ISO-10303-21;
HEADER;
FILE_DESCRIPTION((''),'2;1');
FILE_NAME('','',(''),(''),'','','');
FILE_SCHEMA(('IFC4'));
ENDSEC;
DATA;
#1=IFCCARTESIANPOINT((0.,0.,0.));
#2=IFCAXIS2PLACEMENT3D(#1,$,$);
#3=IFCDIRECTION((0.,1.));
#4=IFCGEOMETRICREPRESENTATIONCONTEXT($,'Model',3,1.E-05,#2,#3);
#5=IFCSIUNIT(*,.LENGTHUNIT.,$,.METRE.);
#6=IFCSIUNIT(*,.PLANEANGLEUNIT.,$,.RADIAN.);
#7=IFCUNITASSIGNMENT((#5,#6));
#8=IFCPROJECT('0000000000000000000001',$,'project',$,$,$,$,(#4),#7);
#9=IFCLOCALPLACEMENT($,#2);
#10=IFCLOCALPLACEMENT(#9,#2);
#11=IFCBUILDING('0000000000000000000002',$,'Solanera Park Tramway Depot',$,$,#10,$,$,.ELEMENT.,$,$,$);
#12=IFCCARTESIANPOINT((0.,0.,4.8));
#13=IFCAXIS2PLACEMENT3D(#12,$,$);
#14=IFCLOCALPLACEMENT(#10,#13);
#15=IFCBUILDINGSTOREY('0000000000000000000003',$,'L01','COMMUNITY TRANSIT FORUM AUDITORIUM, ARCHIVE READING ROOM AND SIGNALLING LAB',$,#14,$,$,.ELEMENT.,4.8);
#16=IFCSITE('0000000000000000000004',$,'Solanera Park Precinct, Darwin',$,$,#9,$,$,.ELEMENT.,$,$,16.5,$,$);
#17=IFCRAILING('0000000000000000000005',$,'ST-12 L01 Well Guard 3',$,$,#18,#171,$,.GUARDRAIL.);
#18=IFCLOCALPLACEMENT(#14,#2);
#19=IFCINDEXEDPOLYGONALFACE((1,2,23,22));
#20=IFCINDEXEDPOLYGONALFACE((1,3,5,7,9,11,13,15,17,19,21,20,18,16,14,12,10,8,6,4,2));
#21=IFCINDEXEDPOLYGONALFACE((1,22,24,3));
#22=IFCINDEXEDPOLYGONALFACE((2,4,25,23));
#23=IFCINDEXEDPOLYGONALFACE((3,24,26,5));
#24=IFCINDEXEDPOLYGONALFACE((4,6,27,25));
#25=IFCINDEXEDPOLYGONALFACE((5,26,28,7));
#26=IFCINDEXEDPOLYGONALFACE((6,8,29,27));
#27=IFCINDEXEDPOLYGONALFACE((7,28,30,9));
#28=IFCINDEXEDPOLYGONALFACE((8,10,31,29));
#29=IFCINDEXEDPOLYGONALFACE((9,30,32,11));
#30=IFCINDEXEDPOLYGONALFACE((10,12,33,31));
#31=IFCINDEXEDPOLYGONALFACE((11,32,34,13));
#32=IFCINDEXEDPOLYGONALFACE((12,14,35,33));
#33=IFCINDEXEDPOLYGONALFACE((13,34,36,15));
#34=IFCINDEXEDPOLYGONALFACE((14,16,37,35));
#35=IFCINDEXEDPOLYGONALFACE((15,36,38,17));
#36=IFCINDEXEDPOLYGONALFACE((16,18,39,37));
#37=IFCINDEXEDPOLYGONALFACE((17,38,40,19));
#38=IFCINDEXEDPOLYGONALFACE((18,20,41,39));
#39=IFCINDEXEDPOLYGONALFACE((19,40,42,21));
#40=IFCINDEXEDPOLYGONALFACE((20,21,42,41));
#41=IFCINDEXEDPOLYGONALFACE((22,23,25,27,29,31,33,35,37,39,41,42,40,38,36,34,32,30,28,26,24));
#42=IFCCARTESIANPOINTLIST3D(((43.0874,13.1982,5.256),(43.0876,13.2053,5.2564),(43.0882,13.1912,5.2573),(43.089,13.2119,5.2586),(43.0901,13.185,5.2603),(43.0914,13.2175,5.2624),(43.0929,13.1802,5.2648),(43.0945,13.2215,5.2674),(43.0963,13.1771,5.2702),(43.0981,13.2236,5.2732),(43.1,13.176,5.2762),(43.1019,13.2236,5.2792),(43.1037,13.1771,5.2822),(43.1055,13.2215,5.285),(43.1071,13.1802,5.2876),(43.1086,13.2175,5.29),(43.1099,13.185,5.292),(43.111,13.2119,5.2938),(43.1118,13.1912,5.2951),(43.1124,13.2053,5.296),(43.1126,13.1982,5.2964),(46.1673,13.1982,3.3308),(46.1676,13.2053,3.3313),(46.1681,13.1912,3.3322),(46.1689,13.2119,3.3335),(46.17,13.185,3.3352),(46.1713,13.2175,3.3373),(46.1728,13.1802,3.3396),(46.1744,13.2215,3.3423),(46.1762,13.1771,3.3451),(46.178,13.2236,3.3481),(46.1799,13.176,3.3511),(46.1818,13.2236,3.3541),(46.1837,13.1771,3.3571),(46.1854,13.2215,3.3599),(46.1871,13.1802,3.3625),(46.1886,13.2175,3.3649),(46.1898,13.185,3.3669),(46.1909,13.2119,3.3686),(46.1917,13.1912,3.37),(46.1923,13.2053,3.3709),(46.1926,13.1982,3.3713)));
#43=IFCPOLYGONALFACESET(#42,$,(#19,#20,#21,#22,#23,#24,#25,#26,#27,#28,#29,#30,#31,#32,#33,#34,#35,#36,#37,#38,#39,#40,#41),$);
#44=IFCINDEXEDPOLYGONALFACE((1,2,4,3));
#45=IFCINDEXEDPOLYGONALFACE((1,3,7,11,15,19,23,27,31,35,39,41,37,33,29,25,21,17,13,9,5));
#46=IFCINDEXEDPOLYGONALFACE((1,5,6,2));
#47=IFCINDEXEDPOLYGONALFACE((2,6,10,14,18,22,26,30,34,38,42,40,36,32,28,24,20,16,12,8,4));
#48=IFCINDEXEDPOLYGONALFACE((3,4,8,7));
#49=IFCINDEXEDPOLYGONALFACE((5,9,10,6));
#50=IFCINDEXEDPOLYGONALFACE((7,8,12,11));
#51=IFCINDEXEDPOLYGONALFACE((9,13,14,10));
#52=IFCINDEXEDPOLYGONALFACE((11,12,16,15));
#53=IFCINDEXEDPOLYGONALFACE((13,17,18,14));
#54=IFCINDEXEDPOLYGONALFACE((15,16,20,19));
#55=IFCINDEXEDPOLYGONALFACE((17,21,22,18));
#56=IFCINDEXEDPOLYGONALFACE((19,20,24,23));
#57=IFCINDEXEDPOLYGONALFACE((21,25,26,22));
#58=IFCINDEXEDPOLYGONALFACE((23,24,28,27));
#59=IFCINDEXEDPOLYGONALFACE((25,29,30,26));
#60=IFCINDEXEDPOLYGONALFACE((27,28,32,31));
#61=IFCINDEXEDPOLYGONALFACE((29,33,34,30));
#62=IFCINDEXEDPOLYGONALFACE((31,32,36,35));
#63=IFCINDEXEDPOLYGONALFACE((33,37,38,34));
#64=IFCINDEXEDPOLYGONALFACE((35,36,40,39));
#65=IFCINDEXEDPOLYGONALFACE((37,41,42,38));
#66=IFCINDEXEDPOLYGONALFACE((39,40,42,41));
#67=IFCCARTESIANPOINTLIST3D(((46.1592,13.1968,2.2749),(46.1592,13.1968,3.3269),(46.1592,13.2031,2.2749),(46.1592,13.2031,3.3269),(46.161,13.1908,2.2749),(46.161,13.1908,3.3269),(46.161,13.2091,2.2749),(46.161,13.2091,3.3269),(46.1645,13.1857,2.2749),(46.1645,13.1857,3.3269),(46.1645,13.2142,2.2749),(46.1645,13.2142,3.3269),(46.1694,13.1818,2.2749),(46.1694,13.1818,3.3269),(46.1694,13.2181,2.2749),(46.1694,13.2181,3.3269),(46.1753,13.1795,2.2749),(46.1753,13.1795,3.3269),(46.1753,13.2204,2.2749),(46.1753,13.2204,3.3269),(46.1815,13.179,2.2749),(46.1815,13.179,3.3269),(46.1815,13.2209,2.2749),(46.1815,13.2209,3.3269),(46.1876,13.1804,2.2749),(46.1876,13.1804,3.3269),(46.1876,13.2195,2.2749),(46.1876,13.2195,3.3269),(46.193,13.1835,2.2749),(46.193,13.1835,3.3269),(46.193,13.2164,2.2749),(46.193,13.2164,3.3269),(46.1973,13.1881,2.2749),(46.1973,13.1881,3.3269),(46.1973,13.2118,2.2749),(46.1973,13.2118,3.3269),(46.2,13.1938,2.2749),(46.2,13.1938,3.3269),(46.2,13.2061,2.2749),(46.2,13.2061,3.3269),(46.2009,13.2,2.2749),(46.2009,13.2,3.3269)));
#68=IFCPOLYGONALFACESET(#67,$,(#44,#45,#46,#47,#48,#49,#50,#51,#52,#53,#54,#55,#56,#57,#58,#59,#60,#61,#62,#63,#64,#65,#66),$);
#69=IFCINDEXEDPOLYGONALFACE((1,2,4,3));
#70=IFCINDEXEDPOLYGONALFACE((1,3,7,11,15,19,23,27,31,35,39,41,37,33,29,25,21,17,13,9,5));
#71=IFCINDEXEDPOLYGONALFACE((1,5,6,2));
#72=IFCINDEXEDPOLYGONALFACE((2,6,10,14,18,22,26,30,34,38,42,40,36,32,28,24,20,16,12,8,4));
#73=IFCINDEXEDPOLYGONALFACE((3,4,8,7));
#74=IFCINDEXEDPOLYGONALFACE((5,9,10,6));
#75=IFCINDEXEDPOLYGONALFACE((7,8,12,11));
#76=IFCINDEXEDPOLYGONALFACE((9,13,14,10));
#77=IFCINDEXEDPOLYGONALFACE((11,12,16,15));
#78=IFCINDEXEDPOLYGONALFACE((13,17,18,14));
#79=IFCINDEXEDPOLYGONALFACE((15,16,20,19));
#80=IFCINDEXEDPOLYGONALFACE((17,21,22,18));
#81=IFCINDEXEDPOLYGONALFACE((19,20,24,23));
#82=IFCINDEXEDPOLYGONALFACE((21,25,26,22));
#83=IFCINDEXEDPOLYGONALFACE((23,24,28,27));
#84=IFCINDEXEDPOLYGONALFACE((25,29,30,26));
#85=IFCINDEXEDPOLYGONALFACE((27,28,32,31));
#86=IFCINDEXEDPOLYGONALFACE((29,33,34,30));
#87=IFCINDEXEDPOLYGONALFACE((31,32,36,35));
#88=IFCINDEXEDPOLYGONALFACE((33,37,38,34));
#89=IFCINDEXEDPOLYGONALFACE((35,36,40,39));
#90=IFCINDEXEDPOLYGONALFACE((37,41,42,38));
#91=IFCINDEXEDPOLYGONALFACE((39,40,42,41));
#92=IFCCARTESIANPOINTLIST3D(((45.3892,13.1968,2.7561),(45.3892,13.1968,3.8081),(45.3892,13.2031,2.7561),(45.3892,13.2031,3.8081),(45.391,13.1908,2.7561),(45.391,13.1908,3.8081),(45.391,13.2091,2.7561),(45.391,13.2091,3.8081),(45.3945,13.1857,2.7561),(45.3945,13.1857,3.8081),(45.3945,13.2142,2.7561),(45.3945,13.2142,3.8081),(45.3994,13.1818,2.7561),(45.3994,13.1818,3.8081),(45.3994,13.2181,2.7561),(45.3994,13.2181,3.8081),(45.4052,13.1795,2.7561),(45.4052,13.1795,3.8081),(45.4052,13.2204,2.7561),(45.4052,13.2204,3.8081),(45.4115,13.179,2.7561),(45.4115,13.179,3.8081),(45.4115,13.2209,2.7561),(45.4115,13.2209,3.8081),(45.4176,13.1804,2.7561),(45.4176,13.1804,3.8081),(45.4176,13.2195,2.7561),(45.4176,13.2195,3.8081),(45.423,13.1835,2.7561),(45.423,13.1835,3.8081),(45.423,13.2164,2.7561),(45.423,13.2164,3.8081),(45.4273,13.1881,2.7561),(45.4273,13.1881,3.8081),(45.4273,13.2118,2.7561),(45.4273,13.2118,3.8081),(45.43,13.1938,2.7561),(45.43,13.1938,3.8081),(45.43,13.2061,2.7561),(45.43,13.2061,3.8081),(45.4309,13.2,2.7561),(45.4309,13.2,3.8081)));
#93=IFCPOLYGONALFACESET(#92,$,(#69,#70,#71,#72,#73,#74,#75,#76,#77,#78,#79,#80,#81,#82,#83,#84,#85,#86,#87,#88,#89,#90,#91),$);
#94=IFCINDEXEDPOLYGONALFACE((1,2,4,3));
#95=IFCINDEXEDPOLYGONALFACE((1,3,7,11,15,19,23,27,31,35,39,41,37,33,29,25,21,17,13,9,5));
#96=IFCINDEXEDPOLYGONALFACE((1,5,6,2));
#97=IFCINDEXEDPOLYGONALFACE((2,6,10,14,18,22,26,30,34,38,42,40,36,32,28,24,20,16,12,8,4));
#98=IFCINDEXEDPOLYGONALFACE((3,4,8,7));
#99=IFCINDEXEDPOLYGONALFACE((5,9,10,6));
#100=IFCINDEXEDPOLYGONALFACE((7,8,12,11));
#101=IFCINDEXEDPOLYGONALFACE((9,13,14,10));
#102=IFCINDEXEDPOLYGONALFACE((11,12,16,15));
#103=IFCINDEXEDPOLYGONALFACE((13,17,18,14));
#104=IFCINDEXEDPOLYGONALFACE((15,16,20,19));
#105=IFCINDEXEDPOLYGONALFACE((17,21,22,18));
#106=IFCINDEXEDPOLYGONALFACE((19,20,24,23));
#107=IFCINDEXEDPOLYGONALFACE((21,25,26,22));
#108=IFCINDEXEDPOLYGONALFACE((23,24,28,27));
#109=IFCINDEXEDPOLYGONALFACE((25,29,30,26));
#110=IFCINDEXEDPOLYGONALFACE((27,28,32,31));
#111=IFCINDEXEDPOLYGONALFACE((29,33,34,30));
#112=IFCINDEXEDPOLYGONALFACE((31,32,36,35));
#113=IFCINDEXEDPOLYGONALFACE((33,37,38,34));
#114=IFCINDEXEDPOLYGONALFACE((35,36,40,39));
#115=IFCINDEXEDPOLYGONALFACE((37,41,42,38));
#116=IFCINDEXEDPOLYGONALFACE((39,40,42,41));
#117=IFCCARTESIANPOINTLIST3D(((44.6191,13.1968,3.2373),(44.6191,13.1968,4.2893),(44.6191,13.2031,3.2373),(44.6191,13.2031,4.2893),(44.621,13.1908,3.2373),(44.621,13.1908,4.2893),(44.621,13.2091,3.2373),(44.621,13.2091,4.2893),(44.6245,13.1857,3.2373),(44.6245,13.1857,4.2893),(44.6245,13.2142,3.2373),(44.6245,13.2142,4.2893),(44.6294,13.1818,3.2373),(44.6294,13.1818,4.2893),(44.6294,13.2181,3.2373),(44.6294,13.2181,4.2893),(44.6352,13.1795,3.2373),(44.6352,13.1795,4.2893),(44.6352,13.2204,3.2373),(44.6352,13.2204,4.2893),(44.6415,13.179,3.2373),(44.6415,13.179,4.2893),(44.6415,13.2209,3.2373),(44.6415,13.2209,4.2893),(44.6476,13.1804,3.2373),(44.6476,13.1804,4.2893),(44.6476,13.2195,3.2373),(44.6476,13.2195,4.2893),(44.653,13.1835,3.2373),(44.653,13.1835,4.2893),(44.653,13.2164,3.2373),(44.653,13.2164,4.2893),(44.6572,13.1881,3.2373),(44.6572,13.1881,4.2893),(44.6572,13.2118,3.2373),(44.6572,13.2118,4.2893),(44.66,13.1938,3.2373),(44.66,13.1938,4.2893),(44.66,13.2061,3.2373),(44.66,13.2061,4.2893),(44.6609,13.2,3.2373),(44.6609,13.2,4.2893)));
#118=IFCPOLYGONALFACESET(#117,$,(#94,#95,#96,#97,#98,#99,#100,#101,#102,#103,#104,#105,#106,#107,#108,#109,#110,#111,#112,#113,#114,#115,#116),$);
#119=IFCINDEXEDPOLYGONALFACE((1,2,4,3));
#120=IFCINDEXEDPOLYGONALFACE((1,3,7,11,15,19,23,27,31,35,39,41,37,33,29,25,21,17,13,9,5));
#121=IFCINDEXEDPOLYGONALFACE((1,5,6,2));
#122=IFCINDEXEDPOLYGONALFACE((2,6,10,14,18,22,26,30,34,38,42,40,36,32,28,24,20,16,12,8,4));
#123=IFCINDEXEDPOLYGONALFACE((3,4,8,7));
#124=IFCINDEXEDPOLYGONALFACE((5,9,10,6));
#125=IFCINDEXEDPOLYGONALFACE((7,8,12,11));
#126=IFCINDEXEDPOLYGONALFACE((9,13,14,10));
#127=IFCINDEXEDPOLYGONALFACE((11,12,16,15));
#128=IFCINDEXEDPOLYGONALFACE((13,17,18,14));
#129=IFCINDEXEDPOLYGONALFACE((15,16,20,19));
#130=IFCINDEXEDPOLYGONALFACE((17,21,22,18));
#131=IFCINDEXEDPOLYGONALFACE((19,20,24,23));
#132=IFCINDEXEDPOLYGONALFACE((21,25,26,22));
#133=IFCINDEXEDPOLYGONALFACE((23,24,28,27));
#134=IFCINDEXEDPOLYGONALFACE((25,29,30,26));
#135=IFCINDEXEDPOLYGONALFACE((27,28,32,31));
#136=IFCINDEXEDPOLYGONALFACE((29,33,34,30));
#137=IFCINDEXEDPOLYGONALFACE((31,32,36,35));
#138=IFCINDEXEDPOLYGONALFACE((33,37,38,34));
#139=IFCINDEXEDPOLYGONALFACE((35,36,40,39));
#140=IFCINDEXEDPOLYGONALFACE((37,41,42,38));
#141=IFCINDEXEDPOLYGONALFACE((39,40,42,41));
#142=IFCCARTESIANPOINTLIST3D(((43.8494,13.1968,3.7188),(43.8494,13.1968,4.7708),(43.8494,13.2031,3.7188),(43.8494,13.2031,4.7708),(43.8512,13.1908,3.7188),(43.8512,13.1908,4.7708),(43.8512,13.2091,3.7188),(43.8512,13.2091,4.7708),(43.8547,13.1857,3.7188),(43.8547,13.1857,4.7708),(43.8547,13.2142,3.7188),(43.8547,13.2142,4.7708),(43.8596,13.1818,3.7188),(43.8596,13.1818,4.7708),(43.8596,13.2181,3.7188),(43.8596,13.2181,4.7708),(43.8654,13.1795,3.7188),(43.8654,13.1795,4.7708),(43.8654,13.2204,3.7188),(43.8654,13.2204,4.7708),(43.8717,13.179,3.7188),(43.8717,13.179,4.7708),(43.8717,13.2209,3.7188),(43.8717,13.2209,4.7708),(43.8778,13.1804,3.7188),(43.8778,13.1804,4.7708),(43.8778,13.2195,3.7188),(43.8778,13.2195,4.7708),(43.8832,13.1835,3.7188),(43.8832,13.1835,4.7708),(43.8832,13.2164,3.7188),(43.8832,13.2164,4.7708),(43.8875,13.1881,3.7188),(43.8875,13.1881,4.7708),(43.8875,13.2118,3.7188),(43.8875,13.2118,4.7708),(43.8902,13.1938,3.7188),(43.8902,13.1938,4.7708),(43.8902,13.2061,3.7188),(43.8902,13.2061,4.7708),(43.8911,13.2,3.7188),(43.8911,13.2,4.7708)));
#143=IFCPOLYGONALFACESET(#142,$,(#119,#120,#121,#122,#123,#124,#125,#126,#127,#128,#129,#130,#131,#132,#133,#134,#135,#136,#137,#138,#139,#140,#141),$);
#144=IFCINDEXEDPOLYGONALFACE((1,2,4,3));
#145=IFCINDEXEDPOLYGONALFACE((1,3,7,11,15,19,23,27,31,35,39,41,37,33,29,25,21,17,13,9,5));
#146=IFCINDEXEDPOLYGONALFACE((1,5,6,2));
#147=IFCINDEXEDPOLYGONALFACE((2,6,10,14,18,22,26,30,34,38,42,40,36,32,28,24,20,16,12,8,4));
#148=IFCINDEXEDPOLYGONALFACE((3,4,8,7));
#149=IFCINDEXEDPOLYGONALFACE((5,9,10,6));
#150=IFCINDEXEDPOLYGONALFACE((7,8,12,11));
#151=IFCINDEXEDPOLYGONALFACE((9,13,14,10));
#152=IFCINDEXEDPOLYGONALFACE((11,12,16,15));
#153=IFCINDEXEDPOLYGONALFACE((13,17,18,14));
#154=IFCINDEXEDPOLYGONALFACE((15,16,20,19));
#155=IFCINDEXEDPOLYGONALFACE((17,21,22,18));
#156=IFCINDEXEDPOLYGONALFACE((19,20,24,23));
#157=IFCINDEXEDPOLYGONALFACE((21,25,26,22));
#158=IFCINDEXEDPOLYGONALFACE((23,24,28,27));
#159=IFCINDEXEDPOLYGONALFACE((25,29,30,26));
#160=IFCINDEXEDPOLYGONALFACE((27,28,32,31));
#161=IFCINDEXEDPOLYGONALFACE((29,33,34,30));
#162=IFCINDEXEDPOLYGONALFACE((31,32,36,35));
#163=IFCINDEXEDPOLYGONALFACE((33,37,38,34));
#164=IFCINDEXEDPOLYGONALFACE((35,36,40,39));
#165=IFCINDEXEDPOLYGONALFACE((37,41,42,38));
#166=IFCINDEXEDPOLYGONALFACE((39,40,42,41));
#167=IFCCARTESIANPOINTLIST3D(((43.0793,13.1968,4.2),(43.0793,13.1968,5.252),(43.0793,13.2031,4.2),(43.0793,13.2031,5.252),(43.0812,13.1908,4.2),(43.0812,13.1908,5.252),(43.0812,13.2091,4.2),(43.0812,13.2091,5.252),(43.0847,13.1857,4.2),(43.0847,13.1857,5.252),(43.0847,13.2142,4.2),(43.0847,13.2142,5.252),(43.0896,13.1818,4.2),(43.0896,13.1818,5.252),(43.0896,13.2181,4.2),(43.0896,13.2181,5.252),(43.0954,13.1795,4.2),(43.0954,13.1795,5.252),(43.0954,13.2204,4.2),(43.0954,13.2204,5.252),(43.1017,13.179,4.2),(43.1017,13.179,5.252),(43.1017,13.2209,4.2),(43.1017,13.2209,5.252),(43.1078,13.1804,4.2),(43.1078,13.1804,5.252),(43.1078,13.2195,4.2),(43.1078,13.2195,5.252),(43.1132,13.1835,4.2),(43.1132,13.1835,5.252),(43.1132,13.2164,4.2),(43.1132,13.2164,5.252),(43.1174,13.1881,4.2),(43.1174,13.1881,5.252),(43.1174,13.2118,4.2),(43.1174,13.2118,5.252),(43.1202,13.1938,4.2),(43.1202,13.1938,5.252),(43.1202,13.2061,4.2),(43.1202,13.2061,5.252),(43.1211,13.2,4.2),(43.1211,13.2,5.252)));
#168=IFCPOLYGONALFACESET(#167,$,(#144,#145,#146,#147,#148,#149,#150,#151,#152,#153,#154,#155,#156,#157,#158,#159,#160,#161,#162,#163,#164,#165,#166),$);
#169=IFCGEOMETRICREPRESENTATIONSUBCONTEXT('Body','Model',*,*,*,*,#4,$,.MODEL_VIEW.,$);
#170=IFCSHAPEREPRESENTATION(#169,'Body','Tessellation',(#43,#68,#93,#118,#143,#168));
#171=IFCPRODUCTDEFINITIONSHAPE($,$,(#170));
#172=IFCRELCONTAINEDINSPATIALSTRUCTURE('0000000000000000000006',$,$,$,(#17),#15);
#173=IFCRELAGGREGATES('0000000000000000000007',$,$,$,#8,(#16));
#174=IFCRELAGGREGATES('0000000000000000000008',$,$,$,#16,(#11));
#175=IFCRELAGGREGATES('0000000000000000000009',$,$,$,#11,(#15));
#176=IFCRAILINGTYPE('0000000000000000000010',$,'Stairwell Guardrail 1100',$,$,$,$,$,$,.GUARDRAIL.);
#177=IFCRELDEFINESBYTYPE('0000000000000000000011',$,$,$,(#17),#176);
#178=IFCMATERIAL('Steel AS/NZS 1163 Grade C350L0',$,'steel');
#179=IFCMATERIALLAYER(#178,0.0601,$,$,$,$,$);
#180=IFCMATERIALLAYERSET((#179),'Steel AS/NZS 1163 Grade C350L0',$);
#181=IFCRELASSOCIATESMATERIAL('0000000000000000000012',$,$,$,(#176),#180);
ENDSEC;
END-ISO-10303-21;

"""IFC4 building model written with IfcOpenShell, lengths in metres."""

from ifc_helpers import new_model, si_unit, direction, frame, origin, origin_2d, place, context, subcontext, project, spatial, circle, extrude, material, layer, layer_set, type_object, element, save


model = new_model("IFC4")

# Units and contexts
model_context = context("Model", 3, precision=1e-05, world=origin(), true_north=direction((0.0, 1.0)))
body_context = subcontext(model_context, "Body", "Model", "MODEL_VIEW")
ifc_project = project(units=[si_unit("LENGTHUNIT", "METRE"), si_unit("PLANEANGLEUNIT", "RADIAN")], contexts=[model_context])

# Site, building, storey
site_placement = place(None, origin())
site = spatial("IfcSite", under=ifc_project, at=site_placement, Name="Solanera Park Precinct, Darwin", CompositionType="ELEMENT", RefElevation=16.5)
building_placement = place(site_placement, origin())
building = spatial("IfcBuilding", under=site, at=building_placement, Name="Solanera Park Tramway Depot", CompositionType="ELEMENT")
storey_placement = place(building_placement, frame((0.0, 0.0, 4.8)))
storey = spatial("IfcBuildingStorey", under=building, at=storey_placement, Name="L01", Description="COMMUNITY TRANSIT FORUM AUDITORIUM, ARCHIVE READING ROOM AND SIGNALLING LAB", CompositionType="ELEMENT", Elevation=4.8)

# Railing
ifc_material_1 = material(Name="Steel AS/NZS 1163 Grade C350L0", Category="steel")
ifc_layer_1 = layer(ifc_material_1, 0.0601)
ifc_layer_set_1 = layer_set([ifc_layer_1], Name="Steel AS/NZS 1163 Grade C350L0")
railing_type_1 = type_object("IfcRailingType", Name="Stairwell Guardrail 1100", PredefinedType="GUARDRAIL", material=ifc_layer_set_1)
railing_1_placement = place(storey_placement, frame((46.1799, 13.2, 2.2749)))
element("IfcRailing", 1, at=railing_1_placement, inside=storey, type_object=railing_type_1, Name="ST-12 L01 Well Guard 3", PredefinedType="GUARDRAIL", context=body_context, shape_type="SweptSolid", body=[
    extrude(circle(Radius=0.0239, at=origin_2d()), frame((0.0, 0.0, 1.0762), z_axis=(-0.847979, 0.0, 0.530029), x_axis=(0.0, -1.0, 0.0)), (0.0, 0.0, 1.0), 3.6321),
    extrude(circle(Radius=0.021, at=origin_2d()), origin(), (0.0, 0.0, 1.0), 1.052),
    extrude(circle(Radius=0.021, at=origin_2d()), frame((-0.77, 0.0, 0.4812)), (0.0, 0.0, 1.0), 1.052),
    extrude(circle(Radius=0.021, at=origin_2d()), frame((-1.54, 0.0, 0.9624)), (0.0, 0.0, 1.0), 1.052),
    extrude(circle(Radius=0.021, at=origin_2d()), frame((-2.3098, 0.0, 1.4438)), (0.0, 0.0, 1.0), 1.052),
    extrude(circle(Radius=0.021, at=origin_2d()), frame((-3.0798, 0.0, 1.925)), (0.0, 0.0, 1.0), 1.052),
])

save(model, "model.ifc")
